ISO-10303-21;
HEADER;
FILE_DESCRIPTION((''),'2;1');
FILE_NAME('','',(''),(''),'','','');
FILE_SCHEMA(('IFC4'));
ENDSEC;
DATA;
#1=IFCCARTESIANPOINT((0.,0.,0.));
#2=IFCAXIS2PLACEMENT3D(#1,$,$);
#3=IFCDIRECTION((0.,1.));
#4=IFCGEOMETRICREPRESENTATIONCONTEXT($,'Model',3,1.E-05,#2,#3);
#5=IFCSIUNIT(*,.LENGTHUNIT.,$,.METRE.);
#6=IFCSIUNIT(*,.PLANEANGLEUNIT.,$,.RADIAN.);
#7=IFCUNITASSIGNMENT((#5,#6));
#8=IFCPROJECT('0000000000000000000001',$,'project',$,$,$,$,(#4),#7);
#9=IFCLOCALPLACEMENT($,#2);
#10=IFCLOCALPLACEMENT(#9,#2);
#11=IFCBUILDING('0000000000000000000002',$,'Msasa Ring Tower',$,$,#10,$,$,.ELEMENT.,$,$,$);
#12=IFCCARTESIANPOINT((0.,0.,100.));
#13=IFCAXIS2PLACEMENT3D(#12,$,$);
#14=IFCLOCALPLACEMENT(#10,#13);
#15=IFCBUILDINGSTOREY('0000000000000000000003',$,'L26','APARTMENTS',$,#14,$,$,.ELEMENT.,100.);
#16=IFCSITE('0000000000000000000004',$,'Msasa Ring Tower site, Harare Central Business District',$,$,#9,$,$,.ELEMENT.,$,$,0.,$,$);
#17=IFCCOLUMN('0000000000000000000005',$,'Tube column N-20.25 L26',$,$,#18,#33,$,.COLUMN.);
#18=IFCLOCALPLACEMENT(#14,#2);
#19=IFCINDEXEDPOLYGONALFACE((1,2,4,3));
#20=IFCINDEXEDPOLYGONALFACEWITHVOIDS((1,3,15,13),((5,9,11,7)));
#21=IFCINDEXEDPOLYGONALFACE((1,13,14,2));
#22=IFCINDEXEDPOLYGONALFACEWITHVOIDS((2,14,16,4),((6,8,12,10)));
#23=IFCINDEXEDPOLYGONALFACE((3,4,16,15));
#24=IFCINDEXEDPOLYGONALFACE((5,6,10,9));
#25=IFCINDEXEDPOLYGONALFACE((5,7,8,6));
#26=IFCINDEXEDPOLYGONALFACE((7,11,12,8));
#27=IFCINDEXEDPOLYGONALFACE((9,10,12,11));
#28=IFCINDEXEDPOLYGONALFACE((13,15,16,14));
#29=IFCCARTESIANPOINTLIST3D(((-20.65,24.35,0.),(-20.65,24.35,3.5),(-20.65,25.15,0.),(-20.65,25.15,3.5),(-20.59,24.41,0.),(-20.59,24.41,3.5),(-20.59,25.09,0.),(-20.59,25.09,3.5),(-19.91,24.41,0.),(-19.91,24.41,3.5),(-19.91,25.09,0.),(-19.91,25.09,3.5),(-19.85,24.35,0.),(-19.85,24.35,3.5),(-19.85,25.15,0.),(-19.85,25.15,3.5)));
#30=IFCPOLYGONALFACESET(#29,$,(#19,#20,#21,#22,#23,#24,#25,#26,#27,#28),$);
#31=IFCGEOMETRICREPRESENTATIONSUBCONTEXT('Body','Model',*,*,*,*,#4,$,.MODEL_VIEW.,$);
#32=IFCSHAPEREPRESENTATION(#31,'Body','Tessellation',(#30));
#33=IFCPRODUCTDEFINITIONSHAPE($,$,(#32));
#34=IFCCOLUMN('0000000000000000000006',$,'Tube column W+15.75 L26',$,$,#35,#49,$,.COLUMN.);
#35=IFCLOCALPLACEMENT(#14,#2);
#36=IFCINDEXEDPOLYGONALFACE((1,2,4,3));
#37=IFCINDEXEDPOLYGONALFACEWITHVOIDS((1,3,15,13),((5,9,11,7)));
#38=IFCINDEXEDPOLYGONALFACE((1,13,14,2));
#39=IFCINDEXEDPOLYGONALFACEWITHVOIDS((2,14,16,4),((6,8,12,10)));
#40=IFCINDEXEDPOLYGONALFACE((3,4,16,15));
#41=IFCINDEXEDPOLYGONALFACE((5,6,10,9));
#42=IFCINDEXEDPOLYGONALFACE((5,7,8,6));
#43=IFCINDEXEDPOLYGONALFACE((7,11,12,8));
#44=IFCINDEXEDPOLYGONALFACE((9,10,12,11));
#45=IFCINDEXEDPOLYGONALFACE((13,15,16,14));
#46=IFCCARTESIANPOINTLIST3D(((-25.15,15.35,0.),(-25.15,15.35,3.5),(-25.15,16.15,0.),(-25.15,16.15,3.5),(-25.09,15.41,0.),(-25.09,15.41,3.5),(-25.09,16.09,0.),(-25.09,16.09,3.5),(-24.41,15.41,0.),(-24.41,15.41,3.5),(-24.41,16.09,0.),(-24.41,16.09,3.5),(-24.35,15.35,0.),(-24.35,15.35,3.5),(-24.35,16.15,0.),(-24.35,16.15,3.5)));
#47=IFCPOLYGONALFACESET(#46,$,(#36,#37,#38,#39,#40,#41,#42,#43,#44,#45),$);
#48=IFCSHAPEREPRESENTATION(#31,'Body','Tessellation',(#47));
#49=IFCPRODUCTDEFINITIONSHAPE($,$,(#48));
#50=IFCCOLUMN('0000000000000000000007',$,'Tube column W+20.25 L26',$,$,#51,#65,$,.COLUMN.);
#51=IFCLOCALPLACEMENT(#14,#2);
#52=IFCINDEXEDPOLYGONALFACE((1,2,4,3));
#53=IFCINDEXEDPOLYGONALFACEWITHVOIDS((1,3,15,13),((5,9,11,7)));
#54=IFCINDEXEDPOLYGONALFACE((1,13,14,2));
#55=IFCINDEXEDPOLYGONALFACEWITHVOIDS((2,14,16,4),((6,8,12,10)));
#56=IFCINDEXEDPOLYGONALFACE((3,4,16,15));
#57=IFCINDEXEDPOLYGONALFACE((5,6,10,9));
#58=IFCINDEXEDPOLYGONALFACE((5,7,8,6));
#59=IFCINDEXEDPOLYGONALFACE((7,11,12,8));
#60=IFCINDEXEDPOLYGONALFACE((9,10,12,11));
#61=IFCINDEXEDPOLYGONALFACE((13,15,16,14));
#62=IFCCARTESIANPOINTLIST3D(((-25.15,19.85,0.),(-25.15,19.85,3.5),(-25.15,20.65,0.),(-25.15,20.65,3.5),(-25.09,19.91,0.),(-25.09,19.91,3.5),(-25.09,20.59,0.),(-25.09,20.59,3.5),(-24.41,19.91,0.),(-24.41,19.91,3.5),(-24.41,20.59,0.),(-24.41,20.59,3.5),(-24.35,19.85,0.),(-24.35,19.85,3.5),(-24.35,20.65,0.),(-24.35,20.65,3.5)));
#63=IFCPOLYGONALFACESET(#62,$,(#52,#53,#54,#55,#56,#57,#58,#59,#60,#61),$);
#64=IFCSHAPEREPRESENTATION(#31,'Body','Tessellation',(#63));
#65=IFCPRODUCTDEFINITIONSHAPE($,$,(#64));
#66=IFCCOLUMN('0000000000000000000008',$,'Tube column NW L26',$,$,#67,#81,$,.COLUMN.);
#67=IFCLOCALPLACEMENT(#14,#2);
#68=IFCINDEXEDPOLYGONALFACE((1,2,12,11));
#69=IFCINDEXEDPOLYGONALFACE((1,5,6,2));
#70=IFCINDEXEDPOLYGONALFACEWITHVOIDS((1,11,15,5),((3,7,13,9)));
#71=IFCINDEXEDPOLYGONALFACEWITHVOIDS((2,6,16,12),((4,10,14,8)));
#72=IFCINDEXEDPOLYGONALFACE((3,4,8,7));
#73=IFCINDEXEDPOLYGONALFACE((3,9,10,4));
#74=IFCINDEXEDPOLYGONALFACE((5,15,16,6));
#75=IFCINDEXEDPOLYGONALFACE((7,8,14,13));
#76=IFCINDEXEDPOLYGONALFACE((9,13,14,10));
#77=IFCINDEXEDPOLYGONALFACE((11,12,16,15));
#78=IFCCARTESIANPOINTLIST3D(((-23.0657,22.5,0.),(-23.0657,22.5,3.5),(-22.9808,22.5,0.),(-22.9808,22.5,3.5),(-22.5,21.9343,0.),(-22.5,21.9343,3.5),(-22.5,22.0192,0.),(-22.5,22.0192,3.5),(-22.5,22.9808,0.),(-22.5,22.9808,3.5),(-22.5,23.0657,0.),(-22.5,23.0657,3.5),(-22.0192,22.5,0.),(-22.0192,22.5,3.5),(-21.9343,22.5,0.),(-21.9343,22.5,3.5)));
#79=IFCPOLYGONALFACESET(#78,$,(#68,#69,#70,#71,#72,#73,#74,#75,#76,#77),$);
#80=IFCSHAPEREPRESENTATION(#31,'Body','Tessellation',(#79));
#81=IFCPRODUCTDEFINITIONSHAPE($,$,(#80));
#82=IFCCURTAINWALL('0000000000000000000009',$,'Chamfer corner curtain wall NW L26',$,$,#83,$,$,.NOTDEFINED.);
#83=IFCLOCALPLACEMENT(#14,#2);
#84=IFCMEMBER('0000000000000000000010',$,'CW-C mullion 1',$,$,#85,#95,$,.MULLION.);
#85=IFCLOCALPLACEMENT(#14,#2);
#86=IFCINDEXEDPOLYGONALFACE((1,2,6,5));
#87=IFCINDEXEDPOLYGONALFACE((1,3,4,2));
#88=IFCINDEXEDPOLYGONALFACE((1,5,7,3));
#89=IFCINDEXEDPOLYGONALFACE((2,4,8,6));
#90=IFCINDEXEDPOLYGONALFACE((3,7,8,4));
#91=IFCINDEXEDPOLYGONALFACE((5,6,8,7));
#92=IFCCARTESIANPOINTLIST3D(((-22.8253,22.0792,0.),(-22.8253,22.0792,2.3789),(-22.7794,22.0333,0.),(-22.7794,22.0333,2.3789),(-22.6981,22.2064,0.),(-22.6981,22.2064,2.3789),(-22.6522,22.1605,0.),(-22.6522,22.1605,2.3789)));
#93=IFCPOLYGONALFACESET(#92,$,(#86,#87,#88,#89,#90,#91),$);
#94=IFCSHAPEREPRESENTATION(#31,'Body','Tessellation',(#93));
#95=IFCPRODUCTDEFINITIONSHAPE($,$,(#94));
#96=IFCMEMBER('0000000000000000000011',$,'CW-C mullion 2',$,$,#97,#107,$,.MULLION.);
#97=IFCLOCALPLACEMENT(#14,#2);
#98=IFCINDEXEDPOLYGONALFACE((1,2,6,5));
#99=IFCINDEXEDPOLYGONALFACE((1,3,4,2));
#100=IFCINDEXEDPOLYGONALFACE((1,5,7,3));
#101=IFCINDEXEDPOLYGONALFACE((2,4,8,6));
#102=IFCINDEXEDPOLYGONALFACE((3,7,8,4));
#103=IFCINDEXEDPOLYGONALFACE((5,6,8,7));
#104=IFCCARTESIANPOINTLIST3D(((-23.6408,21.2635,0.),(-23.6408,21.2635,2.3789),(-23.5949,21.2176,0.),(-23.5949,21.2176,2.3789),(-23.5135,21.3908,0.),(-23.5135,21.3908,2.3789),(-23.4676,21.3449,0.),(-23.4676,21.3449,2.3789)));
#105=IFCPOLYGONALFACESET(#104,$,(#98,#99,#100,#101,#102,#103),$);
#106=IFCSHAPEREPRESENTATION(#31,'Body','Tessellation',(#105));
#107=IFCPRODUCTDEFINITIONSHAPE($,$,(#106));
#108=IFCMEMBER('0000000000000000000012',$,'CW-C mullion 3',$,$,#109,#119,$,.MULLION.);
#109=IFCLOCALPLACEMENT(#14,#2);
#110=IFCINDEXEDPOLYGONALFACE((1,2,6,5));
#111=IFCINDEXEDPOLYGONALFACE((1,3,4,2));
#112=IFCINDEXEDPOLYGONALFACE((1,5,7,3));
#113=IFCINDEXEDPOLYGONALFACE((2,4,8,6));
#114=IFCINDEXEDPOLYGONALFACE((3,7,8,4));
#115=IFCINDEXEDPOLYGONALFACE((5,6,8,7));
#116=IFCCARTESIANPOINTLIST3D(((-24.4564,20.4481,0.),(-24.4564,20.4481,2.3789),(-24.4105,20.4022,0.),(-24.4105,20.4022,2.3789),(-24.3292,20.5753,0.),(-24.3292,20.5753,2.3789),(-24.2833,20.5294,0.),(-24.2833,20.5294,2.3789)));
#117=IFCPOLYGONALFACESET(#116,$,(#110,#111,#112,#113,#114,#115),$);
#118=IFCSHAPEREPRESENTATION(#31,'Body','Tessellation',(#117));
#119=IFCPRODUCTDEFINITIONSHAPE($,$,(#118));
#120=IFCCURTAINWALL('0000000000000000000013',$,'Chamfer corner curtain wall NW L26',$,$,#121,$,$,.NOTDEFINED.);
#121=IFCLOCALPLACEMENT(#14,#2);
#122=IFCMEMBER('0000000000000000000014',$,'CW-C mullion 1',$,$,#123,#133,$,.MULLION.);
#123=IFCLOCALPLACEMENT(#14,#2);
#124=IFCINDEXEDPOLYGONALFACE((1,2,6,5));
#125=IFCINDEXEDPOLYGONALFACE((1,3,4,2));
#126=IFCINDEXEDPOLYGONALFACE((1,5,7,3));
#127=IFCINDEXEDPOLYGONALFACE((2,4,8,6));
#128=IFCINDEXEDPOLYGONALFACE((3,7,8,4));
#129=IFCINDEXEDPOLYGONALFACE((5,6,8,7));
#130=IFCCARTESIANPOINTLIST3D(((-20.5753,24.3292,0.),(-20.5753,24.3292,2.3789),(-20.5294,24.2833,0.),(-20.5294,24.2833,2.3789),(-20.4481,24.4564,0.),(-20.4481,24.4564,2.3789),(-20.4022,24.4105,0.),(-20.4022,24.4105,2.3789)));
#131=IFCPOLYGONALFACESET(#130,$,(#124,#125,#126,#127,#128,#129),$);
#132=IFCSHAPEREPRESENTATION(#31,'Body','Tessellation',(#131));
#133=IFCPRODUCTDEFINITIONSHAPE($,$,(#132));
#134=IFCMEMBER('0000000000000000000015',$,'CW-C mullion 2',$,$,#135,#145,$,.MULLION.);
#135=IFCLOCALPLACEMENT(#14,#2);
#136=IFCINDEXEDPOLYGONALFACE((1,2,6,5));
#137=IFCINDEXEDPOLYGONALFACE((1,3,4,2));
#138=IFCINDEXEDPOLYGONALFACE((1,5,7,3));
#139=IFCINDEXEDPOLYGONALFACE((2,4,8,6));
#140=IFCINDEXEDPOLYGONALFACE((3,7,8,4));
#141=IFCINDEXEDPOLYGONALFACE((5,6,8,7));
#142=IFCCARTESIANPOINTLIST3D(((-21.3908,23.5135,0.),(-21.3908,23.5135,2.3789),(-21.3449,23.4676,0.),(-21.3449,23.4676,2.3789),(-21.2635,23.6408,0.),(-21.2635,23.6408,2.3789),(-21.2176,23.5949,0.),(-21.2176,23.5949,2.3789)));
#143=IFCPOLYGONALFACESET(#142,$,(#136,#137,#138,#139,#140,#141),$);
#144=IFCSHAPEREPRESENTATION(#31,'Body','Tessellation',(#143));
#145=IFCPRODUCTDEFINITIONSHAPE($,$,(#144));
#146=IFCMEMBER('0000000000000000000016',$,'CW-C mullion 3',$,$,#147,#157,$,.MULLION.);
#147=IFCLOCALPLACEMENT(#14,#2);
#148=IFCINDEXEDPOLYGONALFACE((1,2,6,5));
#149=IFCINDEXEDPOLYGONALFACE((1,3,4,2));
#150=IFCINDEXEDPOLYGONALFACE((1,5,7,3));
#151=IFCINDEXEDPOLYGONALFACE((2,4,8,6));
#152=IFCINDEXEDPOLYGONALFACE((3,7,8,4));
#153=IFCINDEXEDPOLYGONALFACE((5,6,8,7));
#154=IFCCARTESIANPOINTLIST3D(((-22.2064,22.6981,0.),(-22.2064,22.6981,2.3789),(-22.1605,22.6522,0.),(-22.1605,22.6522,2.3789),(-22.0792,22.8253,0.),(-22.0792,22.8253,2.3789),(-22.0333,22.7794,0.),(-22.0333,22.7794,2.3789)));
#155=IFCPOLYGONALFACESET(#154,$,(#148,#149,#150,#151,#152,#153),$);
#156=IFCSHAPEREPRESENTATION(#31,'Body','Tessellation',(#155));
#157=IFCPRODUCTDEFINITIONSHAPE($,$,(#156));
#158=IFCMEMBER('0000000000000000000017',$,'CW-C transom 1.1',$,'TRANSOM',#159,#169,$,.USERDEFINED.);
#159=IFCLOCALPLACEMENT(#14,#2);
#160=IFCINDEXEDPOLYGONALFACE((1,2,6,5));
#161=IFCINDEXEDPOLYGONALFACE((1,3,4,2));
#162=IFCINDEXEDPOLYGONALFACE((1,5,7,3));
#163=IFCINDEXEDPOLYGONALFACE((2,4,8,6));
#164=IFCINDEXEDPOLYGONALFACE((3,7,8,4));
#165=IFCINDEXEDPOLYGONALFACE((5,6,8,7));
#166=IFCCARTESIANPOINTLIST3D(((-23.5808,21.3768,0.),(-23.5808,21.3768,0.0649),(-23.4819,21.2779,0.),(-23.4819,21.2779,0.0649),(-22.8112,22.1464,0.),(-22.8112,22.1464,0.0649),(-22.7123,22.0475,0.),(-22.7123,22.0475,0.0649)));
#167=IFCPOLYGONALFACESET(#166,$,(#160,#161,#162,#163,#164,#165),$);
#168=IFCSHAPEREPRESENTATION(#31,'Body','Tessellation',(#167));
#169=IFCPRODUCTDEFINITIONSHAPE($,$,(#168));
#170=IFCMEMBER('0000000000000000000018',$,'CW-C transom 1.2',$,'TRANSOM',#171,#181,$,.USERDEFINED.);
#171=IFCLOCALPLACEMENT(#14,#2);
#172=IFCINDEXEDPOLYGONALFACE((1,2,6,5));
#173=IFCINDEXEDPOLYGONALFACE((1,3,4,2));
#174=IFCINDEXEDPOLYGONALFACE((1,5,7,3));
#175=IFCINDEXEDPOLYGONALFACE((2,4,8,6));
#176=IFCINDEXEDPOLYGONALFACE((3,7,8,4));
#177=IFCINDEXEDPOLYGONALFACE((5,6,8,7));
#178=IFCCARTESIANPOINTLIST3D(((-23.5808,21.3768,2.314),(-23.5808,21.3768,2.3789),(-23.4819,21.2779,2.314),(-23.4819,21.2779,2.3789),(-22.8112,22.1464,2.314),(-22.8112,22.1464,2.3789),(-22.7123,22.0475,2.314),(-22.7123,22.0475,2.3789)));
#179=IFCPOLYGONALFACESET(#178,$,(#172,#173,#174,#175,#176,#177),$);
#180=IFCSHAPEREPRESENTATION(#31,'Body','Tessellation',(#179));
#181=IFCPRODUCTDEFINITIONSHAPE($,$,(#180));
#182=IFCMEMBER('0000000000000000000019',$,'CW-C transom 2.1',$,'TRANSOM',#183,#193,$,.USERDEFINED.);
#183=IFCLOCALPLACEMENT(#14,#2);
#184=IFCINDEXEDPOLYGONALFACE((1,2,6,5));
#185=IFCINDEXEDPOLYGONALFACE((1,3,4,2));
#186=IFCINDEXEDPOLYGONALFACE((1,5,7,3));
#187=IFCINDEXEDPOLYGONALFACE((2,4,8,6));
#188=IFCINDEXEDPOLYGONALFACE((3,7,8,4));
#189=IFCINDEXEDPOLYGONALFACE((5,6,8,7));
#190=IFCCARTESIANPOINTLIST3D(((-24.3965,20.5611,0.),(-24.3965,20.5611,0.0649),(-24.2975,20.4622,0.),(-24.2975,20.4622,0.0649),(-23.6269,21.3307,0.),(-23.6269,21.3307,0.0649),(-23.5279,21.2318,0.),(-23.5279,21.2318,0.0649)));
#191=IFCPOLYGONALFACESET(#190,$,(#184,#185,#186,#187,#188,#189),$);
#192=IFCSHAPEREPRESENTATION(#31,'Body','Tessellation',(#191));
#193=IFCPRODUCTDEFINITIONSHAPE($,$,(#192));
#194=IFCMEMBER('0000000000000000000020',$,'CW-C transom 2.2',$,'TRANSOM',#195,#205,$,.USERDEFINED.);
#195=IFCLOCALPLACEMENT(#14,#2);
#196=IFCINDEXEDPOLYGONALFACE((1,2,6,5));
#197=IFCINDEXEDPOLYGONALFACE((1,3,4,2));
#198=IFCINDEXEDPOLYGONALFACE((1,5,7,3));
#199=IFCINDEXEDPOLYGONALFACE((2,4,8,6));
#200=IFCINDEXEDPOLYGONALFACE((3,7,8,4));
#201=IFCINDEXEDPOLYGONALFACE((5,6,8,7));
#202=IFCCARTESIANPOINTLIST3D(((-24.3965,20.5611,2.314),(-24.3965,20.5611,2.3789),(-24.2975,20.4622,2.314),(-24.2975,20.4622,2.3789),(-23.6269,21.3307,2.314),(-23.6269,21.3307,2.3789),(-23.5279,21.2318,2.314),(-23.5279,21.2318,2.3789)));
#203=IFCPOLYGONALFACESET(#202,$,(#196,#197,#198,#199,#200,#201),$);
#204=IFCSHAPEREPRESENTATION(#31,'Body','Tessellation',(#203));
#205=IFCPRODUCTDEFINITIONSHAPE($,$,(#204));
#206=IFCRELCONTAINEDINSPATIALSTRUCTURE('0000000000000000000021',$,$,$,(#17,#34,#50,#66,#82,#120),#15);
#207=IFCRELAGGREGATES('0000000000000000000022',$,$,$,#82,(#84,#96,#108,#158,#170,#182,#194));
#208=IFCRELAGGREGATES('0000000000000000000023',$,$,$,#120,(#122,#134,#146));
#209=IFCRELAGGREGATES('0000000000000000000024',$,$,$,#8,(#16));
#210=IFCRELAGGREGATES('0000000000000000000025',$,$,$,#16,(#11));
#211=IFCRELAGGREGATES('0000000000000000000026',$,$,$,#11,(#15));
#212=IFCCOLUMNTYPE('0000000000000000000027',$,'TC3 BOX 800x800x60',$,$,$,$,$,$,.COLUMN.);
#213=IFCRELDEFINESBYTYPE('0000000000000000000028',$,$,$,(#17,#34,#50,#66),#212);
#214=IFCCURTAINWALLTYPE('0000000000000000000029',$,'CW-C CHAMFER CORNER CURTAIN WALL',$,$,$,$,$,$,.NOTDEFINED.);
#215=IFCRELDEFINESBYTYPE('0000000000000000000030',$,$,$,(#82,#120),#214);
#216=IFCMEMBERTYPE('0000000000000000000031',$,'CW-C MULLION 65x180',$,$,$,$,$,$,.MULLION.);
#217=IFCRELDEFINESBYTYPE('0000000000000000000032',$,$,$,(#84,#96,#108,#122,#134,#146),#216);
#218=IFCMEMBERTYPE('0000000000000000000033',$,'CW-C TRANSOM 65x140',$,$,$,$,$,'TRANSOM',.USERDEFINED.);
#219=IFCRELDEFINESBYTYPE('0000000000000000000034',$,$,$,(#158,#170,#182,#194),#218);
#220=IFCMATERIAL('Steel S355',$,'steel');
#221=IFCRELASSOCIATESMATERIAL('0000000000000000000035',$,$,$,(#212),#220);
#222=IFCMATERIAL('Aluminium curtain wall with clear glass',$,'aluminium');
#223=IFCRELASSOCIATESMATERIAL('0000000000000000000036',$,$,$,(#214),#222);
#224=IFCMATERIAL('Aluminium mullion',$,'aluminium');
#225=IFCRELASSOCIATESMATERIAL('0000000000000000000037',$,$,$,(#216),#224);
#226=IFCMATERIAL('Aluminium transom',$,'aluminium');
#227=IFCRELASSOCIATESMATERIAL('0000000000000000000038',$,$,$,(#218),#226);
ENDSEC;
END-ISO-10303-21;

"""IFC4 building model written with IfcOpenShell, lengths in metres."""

from ifc_helpers import new_model, si_unit, direction, frame, origin, origin_2d, place, context, subcontext, project, spatial, rectangle, hollow_rectangle, extrude, material, material_profile, profile_set, type_object, element, aggregate, save


model = new_model("IFC4")

# Units and contexts
model_context = context("Model", 3, precision=1e-05, world=origin(), true_north=direction((0.0, 1.0)))
body_context = subcontext(model_context, "Body", "Model", "MODEL_VIEW")
ifc_project = project(units=[si_unit("LENGTHUNIT", "METRE"), si_unit("PLANEANGLEUNIT", "RADIAN")], contexts=[model_context])

# Site, building, storey
site_placement = place(None, origin())
site = spatial("IfcSite", under=ifc_project, at=site_placement, Name="Msasa Ring Tower site, Harare Central Business District", CompositionType="ELEMENT", RefElevation=0.0)
building_placement = place(site_placement, origin())
building = spatial("IfcBuilding", under=site, at=building_placement, Name="Msasa Ring Tower", CompositionType="ELEMENT")
storey_placement = place(building_placement, frame((0.0, 0.0, 100.0)))
storey = spatial("IfcBuildingStorey", under=building, at=storey_placement, Name="L26", Description="APARTMENTS", CompositionType="ELEMENT", Elevation=100.0)

# Columns
ifc_material_1 = material(Name="Steel S355", Category="steel")
ifc_material_profile_1 = material_profile(ifc_material_1, hollow_rectangle(XDim=0.8, YDim=0.8, WallThickness=0.0601, at=origin_2d()), Name="BOX 800x800x60")
ifc_profile_set_1 = profile_set([ifc_material_profile_1], Name="Steel S355")
column_type = type_object("IfcColumnType", Name="TC3 BOX 800x800x60", PredefinedType="COLUMN", material=ifc_profile_set_1)
for number, where, z_axis, x_axis, name in (
    (1, (-20.25, 24.75, 0.0), (0.0, 0.0, 1.0), (0.0, 1.0, 0.0), "Tube column N-20.25 L26"),
    (2, (-24.75, 15.75, 0.0), (0.0, 0.0, 1.0), (1.0, 0.0, 0.0), "Tube column W+15.75 L26"),
    (3, (-24.75, 20.25, 0.0), (0.0, 0.0, 1.0), (1.0, 0.0, 0.0), "Tube column W+20.25 L26"),
    (4, (-22.5, 22.5, 0.0), (0.0, 0.0, 1.0), (0.707107, -0.707107, 0.0), "Tube column NW L26"),
):
    element("IfcColumn", number, at=place(storey_placement, frame(where, z_axis=z_axis, x_axis=x_axis)), inside=storey, type_object=column_type, Name=name, PredefinedType="COLUMN", context=body_context, shape_type="SweptSolid", body=[
        extrude(hollow_rectangle(XDim=0.8, YDim=0.8, WallThickness=0.0601, at=origin_2d()), origin(), (0.0, 0.0, 1.0), 3.5),
    ])

# Curtain walls, members
ifc_material_2 = material(Name="Aluminium curtain wall with clear glass", Category="aluminium")
curtain_wall_type = type_object("IfcCurtainWallType", Name="CW-C CHAMFER CORNER CURTAIN WALL", PredefinedType="NOTDEFINED", material=ifc_material_2)
curtain_wall_1_placement = place(storey_placement, origin())
curtain_wall_1 = element("IfcCurtainWall", 5, at=curtain_wall_1_placement, inside=storey, type_object=curtain_wall_type, Name="Chamfer corner curtain wall NW L26", PredefinedType="NOTDEFINED")
ifc_material_3 = material(Name="Aluminium mullion", Category="aluminium")
ifc_material_profile_2 = material_profile(ifc_material_3, rectangle(XDim=0.0649, YDim=0.1799, at=origin_2d()), Name="AL 65x180")
ifc_profile_set_2 = profile_set([ifc_material_profile_2], Name="Aluminium mullion")
member_type_1 = type_object("IfcMemberType", Name="CW-C MULLION 65x180", PredefinedType="MULLION", material=ifc_profile_set_2)
member_1_placement = place(storey_placement, frame((-22.7388, 22.1199, 0.0), z_axis=(0.0, 0.0, 1.0), x_axis=(0.707107, -0.707107, 0.0)))
member_1 = element("IfcMember", 6, at=member_1_placement, type_object=member_type_1, Name="CW-C mullion 1", PredefinedType="MULLION", context=body_context, shape_type="SweptSolid", body=[
    extrude(rectangle(XDim=0.0649, YDim=0.1799, at=origin_2d()), origin(), (0.0, 0.0, 1.0), 2.3789),
])
member_2_placement = place(storey_placement, frame((-23.5542, 21.3042, 0.0), z_axis=(0.0, 0.0, 1.0), x_axis=(0.707107, -0.707107, 0.0)))
member_2 = element("IfcMember", 7, at=member_2_placement, type_object=member_type_1, Name="CW-C mullion 2", PredefinedType="MULLION", context=body_context, shape_type="SweptSolid", body=[
    extrude(rectangle(XDim=0.0649, YDim=0.1799, at=origin_2d()), origin(), (0.0, 0.0, 1.0), 2.3789),
])
member_3_placement = place(storey_placement, frame((-24.3699, 20.4888, 0.0), z_axis=(0.0, 0.0, 1.0), x_axis=(0.707107, -0.707107, 0.0)))
member_3 = element("IfcMember", 8, at=member_3_placement, type_object=member_type_1, Name="CW-C mullion 3", PredefinedType="MULLION", context=body_context, shape_type="SweptSolid", body=[
    extrude(rectangle(XDim=0.0649, YDim=0.1799, at=origin_2d()), origin(), (0.0, 0.0, 1.0), 2.3789),
])
curtain_wall_2_placement = place(storey_placement, origin())
curtain_wall_2 = element("IfcCurtainWall", 9, at=curtain_wall_2_placement, inside=storey, type_object=curtain_wall_type, Name="Chamfer corner curtain wall NW L26", PredefinedType="NOTDEFINED")
member_4_placement = place(storey_placement, frame((-20.4888, 24.3699, 0.0), z_axis=(0.0, 0.0, 1.0), x_axis=(0.707107, -0.707107, 0.0)))
member_4 = element("IfcMember", 10, at=member_4_placement, type_object=member_type_1, Name="CW-C mullion 1", PredefinedType="MULLION", context=body_context, shape_type="SweptSolid", body=[
    extrude(rectangle(XDim=0.0649, YDim=0.1799, at=origin_2d()), origin(), (0.0, 0.0, 1.0), 2.3789),
])
member_5_placement = place(storey_placement, frame((-21.3042, 23.5542, 0.0), z_axis=(0.0, 0.0, 1.0), x_axis=(0.707107, -0.707107, 0.0)))
member_5 = element("IfcMember", 11, at=member_5_placement, type_object=member_type_1, Name="CW-C mullion 2", PredefinedType="MULLION", context=body_context, shape_type="SweptSolid", body=[
    extrude(rectangle(XDim=0.0649, YDim=0.1799, at=origin_2d()), origin(), (0.0, 0.0, 1.0), 2.3789),
])
member_6_placement = place(storey_placement, frame((-22.1199, 22.7388, 0.0), z_axis=(0.0, 0.0, 1.0), x_axis=(0.707107, -0.707107, 0.0)))
member_6 = element("IfcMember", 12, at=member_6_placement, type_object=member_type_1, Name="CW-C mullion 3", PredefinedType="MULLION", context=body_context, shape_type="SweptSolid", body=[
    extrude(rectangle(XDim=0.0649, YDim=0.1799, at=origin_2d()), origin(), (0.0, 0.0, 1.0), 2.3789),
])

# Members
ifc_material_4 = material(Name="Aluminium transom", Category="aluminium")
ifc_material_profile_3 = material_profile(ifc_material_4, rectangle(XDim=0.1399, YDim=0.0649, at=origin_2d()), Name="AL 65x140")
ifc_profile_set_3 = profile_set([ifc_material_profile_3], Name="Aluminium transom")
member_type_2 = type_object("IfcMemberType", Name="CW-C TRANSOM 65x140", ElementType="TRANSOM", PredefinedType="USERDEFINED", material=ifc_profile_set_3)
member_7_placement = place(storey_placement, frame((-22.7617, 22.0969, 0.0325), z_axis=(-0.707107, -0.707107, 0.0), x_axis=(0.707107, -0.707107, 0.0)))
member_7 = element("IfcMember", 13, at=member_7_placement, type_object=member_type_2, Name="CW-C transom 1.1", ObjectType="TRANSOM", PredefinedType="USERDEFINED", context=body_context, shape_type="SweptSolid", body=[
    extrude(rectangle(XDim=0.1399, YDim=0.0649, at=origin_2d()), origin(), (0.0, 0.0, 1.0), 1.0884),
])
member_8_placement = place(storey_placement, frame((-22.7617, 22.0969, 2.3464), z_axis=(-0.707107, -0.707107, 0.0), x_axis=(0.707107, -0.707107, 0.0)))
member_8 = element("IfcMember", 14, at=member_8_placement, type_object=member_type_2, Name="CW-C transom 1.2", ObjectType="TRANSOM", PredefinedType="USERDEFINED", context=body_context, shape_type="SweptSolid", body=[
    extrude(rectangle(XDim=0.1399, YDim=0.0649, at=origin_2d()), origin(), (0.0, 0.0, 1.0), 1.0884),
])
member_9_placement = place(storey_placement, frame((-23.5774, 21.2812, 0.0325), z_axis=(-0.707107, -0.707107, 0.0), x_axis=(0.707107, -0.707107, 0.0)))
member_9 = element("IfcMember", 15, at=member_9_placement, type_object=member_type_2, Name="CW-C transom 2.1", ObjectType="TRANSOM", PredefinedType="USERDEFINED", context=body_context, shape_type="SweptSolid", body=[
    extrude(rectangle(XDim=0.1399, YDim=0.0649, at=origin_2d()), origin(), (0.0, 0.0, 1.0), 1.0884),
])
member_10_placement = place(storey_placement, frame((-23.5774, 21.2812, 2.3464), z_axis=(-0.707107, -0.707107, 0.0), x_axis=(0.707107, -0.707107, 0.0)))
member_10 = element("IfcMember", 16, at=member_10_placement, type_object=member_type_2, Name="CW-C transom 2.2", ObjectType="TRANSOM", PredefinedType="USERDEFINED", context=body_context, shape_type="SweptSolid", body=[
    extrude(rectangle(XDim=0.1399, YDim=0.0649, at=origin_2d()), origin(), (0.0, 0.0, 1.0), 1.0884),
])

aggregate(curtain_wall_1, [member_1, member_2, member_3, member_7, member_8, member_9, member_10])
aggregate(curtain_wall_2, [member_4, member_5, member_6])

save(model, "model.ifc")
